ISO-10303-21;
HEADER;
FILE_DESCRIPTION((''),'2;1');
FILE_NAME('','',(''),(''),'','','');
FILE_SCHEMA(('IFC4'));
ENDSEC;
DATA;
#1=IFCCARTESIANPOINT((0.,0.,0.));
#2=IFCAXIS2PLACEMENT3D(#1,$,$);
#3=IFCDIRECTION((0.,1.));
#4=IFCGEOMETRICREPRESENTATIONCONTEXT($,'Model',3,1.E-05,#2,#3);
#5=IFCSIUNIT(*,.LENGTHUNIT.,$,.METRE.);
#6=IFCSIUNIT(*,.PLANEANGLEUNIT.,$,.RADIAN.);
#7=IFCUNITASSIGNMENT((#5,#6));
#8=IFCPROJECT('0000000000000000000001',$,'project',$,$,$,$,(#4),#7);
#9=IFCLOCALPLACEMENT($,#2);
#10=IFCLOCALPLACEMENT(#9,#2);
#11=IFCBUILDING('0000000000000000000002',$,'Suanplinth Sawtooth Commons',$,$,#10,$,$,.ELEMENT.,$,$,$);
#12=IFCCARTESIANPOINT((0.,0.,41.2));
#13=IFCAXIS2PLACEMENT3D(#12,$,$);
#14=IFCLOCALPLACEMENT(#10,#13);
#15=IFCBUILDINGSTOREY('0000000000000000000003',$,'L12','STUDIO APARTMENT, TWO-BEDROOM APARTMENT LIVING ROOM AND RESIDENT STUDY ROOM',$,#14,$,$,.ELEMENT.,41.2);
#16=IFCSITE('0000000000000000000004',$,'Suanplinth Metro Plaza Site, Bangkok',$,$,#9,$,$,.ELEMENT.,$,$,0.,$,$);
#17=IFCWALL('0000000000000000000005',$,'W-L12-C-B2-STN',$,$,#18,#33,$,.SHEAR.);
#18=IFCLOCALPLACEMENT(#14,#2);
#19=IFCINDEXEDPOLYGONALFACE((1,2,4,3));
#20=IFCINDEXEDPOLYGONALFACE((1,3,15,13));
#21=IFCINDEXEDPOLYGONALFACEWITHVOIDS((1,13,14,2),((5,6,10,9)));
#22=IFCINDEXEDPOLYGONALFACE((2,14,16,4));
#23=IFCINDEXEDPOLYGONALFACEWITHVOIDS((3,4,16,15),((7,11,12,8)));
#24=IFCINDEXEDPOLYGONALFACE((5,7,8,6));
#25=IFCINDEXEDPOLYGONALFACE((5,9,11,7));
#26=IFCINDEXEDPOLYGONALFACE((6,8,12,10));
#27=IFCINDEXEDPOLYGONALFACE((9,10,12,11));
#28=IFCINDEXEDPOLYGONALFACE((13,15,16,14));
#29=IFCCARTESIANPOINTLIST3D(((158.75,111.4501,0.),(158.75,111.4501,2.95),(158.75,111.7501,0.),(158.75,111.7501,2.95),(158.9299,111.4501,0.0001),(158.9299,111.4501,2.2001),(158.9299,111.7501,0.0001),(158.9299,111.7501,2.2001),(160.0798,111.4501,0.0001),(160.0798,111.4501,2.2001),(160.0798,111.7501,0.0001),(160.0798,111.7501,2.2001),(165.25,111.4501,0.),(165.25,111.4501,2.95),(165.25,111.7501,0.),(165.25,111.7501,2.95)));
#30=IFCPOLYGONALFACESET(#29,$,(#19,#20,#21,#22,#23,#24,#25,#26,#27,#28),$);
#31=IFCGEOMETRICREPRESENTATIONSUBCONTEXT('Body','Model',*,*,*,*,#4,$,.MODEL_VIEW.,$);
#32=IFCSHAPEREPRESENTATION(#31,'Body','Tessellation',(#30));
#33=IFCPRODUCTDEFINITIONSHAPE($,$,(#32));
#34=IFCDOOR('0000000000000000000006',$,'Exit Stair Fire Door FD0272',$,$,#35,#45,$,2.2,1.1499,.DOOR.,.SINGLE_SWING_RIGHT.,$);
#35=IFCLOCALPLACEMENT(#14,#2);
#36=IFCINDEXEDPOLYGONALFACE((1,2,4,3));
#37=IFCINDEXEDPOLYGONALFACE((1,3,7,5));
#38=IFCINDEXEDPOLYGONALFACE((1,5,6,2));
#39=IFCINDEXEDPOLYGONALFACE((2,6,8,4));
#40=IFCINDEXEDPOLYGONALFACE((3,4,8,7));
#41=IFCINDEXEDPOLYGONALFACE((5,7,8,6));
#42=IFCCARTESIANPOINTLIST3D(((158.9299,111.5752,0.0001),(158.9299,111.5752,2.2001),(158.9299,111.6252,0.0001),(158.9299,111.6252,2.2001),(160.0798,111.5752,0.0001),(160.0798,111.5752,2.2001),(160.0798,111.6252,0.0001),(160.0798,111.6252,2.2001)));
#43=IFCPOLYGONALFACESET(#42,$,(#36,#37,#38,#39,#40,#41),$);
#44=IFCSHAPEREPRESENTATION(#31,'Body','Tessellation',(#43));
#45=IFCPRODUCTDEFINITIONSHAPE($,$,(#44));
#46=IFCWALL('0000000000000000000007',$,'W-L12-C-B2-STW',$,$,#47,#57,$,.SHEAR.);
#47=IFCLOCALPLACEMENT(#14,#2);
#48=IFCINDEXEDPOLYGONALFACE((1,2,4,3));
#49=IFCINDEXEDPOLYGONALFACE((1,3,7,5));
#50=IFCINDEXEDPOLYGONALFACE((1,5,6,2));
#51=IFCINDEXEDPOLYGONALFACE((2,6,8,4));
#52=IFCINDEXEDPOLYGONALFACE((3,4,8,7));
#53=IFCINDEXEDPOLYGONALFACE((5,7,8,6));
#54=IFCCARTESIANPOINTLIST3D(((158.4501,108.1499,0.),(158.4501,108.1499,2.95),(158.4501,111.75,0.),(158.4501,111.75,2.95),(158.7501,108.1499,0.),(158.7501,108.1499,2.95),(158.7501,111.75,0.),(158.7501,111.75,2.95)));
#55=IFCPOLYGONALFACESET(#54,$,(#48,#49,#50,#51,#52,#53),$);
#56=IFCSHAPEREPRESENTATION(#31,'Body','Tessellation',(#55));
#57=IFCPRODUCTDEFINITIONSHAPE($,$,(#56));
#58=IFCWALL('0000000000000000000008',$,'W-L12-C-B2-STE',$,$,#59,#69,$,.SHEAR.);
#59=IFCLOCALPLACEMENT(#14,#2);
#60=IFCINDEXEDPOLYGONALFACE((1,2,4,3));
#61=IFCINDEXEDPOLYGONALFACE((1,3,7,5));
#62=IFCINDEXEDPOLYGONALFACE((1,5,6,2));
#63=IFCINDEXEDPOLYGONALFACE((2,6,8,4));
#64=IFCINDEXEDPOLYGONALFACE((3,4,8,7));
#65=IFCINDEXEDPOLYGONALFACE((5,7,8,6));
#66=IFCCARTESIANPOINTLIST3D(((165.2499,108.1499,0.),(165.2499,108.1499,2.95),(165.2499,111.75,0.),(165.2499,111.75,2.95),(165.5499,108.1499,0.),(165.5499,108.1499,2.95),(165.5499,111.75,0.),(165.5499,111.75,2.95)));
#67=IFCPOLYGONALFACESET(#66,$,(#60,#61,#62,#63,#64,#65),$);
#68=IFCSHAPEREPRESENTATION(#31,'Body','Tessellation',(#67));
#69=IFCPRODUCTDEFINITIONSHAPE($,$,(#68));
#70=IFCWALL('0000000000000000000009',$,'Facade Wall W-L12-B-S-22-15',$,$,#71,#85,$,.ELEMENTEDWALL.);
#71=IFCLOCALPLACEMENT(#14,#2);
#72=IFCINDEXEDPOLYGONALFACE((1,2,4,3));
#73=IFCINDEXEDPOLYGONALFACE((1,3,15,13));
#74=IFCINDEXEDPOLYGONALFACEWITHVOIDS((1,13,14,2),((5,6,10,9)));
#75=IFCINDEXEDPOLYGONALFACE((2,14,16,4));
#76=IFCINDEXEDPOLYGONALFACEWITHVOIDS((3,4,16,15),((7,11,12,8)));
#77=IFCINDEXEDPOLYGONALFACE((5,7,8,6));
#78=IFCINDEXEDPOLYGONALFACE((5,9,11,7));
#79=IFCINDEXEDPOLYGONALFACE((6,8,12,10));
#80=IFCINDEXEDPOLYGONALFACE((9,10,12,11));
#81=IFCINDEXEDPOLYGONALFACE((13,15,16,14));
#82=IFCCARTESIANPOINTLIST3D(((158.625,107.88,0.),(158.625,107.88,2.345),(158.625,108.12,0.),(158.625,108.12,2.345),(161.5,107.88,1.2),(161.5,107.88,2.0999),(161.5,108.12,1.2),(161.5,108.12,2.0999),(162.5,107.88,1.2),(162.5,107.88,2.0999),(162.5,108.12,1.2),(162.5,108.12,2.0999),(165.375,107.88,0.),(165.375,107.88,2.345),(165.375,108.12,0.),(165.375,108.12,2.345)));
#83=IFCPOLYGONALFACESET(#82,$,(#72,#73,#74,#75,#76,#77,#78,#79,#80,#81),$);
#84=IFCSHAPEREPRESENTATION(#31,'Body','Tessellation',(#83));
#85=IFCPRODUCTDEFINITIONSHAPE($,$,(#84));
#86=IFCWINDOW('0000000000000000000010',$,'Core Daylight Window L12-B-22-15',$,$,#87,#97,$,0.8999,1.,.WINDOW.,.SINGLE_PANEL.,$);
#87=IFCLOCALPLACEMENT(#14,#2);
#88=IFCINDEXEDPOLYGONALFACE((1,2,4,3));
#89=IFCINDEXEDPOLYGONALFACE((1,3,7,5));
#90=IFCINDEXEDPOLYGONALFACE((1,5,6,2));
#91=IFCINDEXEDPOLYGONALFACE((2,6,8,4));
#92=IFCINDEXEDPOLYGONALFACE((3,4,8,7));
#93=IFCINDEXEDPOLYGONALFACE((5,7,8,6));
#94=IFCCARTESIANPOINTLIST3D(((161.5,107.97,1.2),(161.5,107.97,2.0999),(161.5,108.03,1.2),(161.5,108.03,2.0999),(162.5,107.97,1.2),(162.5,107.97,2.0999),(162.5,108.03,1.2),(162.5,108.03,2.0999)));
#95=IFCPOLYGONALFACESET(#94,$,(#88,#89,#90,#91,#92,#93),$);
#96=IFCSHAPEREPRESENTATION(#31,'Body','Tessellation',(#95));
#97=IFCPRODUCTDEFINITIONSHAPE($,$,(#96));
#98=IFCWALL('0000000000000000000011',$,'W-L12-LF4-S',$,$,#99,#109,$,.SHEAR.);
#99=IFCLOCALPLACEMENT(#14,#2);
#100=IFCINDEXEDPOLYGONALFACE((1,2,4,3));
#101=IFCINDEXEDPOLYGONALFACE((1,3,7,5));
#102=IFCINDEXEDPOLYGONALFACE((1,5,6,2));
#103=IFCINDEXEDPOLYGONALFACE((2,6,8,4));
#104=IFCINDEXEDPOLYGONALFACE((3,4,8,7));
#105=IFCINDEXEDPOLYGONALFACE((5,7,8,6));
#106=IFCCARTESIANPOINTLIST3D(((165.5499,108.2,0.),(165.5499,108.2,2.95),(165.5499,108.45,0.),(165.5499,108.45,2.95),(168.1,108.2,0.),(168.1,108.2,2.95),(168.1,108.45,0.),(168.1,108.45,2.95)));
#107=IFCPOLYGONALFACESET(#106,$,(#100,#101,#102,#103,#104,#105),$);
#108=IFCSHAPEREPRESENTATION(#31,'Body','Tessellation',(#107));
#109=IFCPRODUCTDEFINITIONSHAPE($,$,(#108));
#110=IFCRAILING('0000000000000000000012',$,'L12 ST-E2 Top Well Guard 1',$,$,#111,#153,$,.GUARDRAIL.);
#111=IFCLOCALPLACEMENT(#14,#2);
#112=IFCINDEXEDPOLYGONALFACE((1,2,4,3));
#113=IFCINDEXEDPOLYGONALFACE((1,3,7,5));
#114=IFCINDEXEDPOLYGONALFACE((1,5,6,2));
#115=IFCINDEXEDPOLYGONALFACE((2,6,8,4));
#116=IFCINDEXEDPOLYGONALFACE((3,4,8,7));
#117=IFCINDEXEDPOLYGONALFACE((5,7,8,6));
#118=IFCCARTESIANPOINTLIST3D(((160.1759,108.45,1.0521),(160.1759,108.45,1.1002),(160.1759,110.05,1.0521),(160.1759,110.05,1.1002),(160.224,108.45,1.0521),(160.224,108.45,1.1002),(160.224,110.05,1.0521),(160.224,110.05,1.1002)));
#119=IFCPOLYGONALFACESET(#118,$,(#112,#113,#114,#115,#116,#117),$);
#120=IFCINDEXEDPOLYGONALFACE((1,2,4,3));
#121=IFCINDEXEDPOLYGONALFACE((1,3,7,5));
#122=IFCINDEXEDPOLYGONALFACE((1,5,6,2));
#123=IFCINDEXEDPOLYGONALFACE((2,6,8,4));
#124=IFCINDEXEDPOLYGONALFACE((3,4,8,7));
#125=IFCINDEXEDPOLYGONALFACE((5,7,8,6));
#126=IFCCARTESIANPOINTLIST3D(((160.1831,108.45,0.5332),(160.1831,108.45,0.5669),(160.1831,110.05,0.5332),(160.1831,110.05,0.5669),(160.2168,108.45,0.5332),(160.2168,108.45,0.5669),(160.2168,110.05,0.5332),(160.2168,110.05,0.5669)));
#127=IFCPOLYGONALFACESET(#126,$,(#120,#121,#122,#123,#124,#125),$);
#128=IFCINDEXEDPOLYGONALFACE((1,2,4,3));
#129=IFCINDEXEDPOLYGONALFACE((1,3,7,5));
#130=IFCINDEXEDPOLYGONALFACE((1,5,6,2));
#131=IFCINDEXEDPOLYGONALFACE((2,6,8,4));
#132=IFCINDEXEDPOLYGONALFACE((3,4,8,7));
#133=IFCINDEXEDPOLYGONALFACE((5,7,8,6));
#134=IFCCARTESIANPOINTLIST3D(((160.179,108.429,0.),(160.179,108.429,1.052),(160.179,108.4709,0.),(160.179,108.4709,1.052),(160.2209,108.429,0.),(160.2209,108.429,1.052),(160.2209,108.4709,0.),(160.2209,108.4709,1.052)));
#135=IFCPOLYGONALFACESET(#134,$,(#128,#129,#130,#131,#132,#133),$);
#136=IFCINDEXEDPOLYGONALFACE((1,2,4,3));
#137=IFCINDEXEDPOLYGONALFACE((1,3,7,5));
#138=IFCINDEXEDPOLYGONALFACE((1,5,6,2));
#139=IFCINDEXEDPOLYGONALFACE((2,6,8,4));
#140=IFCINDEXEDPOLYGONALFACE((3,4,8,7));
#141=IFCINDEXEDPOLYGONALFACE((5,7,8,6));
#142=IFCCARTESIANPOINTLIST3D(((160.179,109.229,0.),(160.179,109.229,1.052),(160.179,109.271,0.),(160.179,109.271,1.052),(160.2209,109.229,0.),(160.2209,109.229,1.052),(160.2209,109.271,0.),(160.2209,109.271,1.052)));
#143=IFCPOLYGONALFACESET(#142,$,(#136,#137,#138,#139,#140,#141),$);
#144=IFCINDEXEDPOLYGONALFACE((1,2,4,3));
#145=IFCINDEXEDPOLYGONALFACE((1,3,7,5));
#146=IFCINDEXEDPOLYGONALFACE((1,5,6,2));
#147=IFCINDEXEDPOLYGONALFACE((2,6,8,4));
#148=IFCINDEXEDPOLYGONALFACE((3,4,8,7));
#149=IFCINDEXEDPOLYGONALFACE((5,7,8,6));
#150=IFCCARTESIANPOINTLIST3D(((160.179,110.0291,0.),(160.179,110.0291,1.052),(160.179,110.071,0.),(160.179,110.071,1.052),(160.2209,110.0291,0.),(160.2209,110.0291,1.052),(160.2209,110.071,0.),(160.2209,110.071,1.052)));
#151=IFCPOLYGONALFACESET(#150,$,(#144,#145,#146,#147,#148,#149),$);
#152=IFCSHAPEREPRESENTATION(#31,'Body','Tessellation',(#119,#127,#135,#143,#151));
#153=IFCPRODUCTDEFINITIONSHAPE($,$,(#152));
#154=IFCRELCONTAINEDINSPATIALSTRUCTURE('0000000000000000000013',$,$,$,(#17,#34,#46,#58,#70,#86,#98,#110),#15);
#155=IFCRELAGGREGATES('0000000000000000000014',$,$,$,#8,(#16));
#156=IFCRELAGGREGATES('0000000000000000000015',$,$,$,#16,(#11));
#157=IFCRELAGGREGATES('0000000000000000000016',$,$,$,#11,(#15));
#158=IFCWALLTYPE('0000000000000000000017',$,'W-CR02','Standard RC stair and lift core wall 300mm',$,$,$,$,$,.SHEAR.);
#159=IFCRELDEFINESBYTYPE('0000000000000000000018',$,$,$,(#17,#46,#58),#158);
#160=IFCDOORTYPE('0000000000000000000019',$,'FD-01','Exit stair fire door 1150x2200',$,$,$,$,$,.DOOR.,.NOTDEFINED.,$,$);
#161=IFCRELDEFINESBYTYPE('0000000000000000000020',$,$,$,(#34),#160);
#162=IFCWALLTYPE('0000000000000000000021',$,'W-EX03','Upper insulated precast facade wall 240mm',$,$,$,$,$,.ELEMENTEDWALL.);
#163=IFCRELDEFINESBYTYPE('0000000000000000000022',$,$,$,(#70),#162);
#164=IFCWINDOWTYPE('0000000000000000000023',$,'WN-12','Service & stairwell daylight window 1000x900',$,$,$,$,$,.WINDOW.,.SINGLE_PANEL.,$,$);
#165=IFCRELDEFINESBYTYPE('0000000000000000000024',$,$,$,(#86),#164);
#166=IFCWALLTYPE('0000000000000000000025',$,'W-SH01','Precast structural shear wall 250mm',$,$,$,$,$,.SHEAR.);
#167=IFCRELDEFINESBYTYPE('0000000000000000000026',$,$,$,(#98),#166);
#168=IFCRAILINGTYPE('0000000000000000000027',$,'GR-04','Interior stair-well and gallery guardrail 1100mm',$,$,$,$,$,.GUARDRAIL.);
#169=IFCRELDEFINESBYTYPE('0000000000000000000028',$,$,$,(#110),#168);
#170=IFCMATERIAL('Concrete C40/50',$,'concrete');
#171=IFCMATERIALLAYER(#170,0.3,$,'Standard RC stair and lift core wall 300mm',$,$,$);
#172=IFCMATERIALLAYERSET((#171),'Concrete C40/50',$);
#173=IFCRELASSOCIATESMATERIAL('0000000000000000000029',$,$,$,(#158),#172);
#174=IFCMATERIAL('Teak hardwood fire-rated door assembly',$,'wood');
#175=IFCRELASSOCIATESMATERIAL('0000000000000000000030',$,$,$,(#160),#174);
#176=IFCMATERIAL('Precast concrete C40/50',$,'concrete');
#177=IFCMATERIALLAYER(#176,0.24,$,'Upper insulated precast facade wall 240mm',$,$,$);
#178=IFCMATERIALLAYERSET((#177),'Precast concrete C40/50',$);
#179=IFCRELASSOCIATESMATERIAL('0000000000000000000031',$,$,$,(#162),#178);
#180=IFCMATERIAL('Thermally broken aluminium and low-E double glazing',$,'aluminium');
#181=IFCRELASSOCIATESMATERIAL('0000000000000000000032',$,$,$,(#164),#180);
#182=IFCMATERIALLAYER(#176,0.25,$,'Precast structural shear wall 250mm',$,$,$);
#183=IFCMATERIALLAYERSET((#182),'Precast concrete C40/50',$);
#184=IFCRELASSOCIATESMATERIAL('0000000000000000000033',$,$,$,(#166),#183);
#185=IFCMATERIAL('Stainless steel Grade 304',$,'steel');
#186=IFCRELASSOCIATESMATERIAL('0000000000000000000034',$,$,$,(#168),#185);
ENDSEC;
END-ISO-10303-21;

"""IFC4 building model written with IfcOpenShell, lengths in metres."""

from ifc_helpers import new_model, si_unit, direction, frame, frame_2d, origin, origin_2d, place, context, subcontext, project, spatial, rectangle, extrude, material, layer, layer_set, type_object, element, fill, save


model = new_model("IFC4")

# Units and contexts
model_context = context("Model", 3, precision=1e-05, world=origin(), true_north=direction((0.0, 1.0)))
body_context = subcontext(model_context, "Body", "Model", "MODEL_VIEW")
ifc_project = project(units=[si_unit("LENGTHUNIT", "METRE"), si_unit("PLANEANGLEUNIT", "RADIAN")], contexts=[model_context])

# Site, building, storey
site_placement = place(None, origin())
site = spatial("IfcSite", under=ifc_project, at=site_placement, Name="Suanplinth Metro Plaza Site, Bangkok", CompositionType="ELEMENT", RefElevation=0.0)
building_placement = place(site_placement, origin())
building = spatial("IfcBuilding", under=site, at=building_placement, Name="Suanplinth Sawtooth Commons", CompositionType="ELEMENT")
storey_placement = place(building_placement, frame((0.0, 0.0, 41.2)))
storey = spatial("IfcBuildingStorey", under=building, at=storey_placement, Name="L12", Description="STUDIO APARTMENT, TWO-BEDROOM APARTMENT LIVING ROOM AND RESIDENT STUDY ROOM", CompositionType="ELEMENT", Elevation=41.2)

# Shared definitions
ifc_material_1 = material(Name="Precast concrete C40/50", Category="concrete")

# Shared definitions
ifc_material_2 = material(Name="Concrete C40/50", Category="concrete")
ifc_layer_1 = layer(ifc_material_2, 0.3, Name="Standard RC stair and lift core wall 300mm")
ifc_layer_set_1 = layer_set([ifc_layer_1], Name="Concrete C40/50")
wall_type_1 = type_object("IfcWallType", Name="W-CR02", Description="Standard RC stair and lift core wall 300mm", PredefinedType="SHEAR", material=ifc_layer_set_1)

# Wall, opening, door
wall_1_placement = place(storey_placement, frame((158.75, 111.6001, 0.0), z_axis=(0.0, 0.0, 1.0), x_axis=(1.0, 0.0, 0.0)))
wall_1 = element("IfcWall", 1, at=wall_1_placement, inside=storey, type_object=wall_type_1, Name="W-L12-C-B2-STN", PredefinedType="SHEAR", context=body_context, shape_type="SweptSolid", body=[
    extrude(rectangle(XDim=6.5, YDim=0.3, at=frame_2d((3.25, 0.0))), origin(), (0.0, 0.0, 1.0), 2.95),
])
opening_1_placement = place(wall_1_placement, frame((0.1799, 0.0, 0.0)))
opening_1 = element("IfcOpeningElement", 2, at=opening_1_placement, cuts=wall_1, PredefinedType="OPENING", context=body_context, shape_type="SweptSolid", body=[
    extrude(rectangle(XDim=1.1499, YDim=2.2, at=frame_2d((0.575, 1.1001))), frame((0.0, 0.165, 0.0), z_axis=(0.0, -1.0, 0.0), x_axis=(1.0, 0.0, 0.0)), (0.0, 0.0, 1.0), 0.3298),
])
ifc_material_3 = material(Name="Teak hardwood fire-rated door assembly", Category="wood")
door_type_1 = type_object("IfcDoorType", Name="FD-01", Description="Exit stair fire door 1150x2200", OperationType="NOTDEFINED", PredefinedType="DOOR", material=ifc_material_3)
door_1_placement = place(opening_1_placement, frame((1.1499, 0.0, 0.0), z_axis=(0.0, 0.0, 1.0), x_axis=(-1.0, 0.0, 0.0)))
door_1 = element("IfcDoor", 3, at=door_1_placement, inside=storey, type_object=door_type_1, Name="Exit Stair Fire Door FD0272", OperationType="SINGLE_SWING_RIGHT", OverallHeight=2.2, OverallWidth=1.1499, PredefinedType="DOOR", context=body_context, shape_type="SweptSolid", body=[
    extrude(rectangle(XDim=1.1499, YDim=2.2, at=frame_2d((0.575, 1.1001))), frame((0.0, 0.0249, 0.0), z_axis=(0.0, -1.0, 0.0), x_axis=(1.0, 0.0, 0.0)), (0.0, 0.0, 1.0), 0.05),
])
fill(opening_1, door_1)

# Walls
for number, where, z_axis, x_axis, name in (
    (4, (158.6001, 108.1499, 0.0), (0.0, 0.0, 1.0), (0.0, 1.0, 0.0), "W-L12-C-B2-STW"),
    (5, (165.3999, 108.1499, 0.0), (0.0, 0.0, 1.0), (0.0, 1.0, 0.0), "W-L12-C-B2-STE"),
):
    element("IfcWall", number, at=place(storey_placement, frame(where, z_axis=z_axis, x_axis=x_axis)), inside=storey, type_object=wall_type_1, Name=name, PredefinedType="SHEAR", context=body_context, shape_type="SweptSolid", body=[
        extrude(rectangle(XDim=3.6001, YDim=0.3, at=frame_2d((1.8, 0.0))), origin(), (0.0, 0.0, 1.0), 2.95),
    ])

# Shared definitions
ifc_layer_2 = layer(ifc_material_1, 0.24, Name="Upper insulated precast facade wall 240mm")
ifc_layer_set_2 = layer_set([ifc_layer_2], Name="Precast concrete C40/50")
wall_type_2 = type_object("IfcWallType", Name="W-EX03", Description="Upper insulated precast facade wall 240mm", PredefinedType="ELEMENTEDWALL", material=ifc_layer_set_2)
ifc_material_4 = material(Name="Thermally broken aluminium and low-E double glazing", Category="aluminium")

# Wall, opening, window
wall_2_placement = place(storey_placement, frame((158.625, 108.0, 0.0), z_axis=(0.0, 0.0, 1.0), x_axis=(1.0, 0.0, 0.0)))
wall_2 = element("IfcWall", 6, at=wall_2_placement, inside=storey, type_object=wall_type_2, Name="Facade Wall W-L12-B-S-22-15", PredefinedType="ELEMENTEDWALL", context=body_context, shape_type="SweptSolid", body=[
    extrude(rectangle(XDim=6.75, YDim=0.24, at=frame_2d((3.375, 0.0))), origin(), (0.0, 0.0, 1.0), 2.345),
])
opening_2_placement = place(wall_2_placement, frame((2.875, 0.0, 1.2)))
opening_2 = element("IfcOpeningElement", 7, at=opening_2_placement, cuts=wall_2, PredefinedType="OPENING", context=body_context, shape_type="SweptSolid", body=[
    extrude(rectangle(XDim=1.0, YDim=0.8999, at=frame_2d((0.5, 0.45))), frame((0.0, 0.1348, 0.0), z_axis=(0.0, -1.0, 0.0), x_axis=(1.0, 0.0, 0.0)), (0.0, 0.0, 1.0), 0.2698),
])
window_type_1 = type_object("IfcWindowType", Name="WN-12", Description="Service & stairwell daylight window 1000x900", PartitioningType="SINGLE_PANEL", PredefinedType="WINDOW", material=ifc_material_4)
window_1_placement = place(opening_2_placement, origin())
window_1 = element("IfcWindow", 8, at=window_1_placement, inside=storey, type_object=window_type_1, Name="Core Daylight Window L12-B-22-15", OverallHeight=0.8999, OverallWidth=1.0, PartitioningType="SINGLE_PANEL", PredefinedType="WINDOW", context=body_context, shape_type="SweptSolid", body=[
    extrude(rectangle(XDim=1.0, YDim=0.8999, at=frame_2d((0.5, 0.45))), frame((0.0, 0.03, 0.0), z_axis=(0.0, -1.0, 0.0), x_axis=(1.0, 0.0, 0.0)), (0.0, 0.0, 1.0), 0.0601),
])
fill(opening_2, window_1)

# Wall
ifc_layer_3 = layer(ifc_material_1, 0.25, Name="Precast structural shear wall 250mm")
ifc_layer_set_3 = layer_set([ifc_layer_3], Name="Precast concrete C40/50")
wall_type_3 = type_object("IfcWallType", Name="W-SH01", Description="Precast structural shear wall 250mm", PredefinedType="SHEAR", material=ifc_layer_set_3)
wall_3_placement = place(storey_placement, frame((165.55, 108.325, 0.0), z_axis=(0.0, 0.0, 1.0), x_axis=(1.0, 0.0, 0.0)))
element("IfcWall", 9, at=wall_3_placement, inside=storey, type_object=wall_type_3, Name="W-L12-LF4-S", PredefinedType="SHEAR", context=body_context, shape_type="SweptSolid", body=[
    extrude(rectangle(XDim=2.55, YDim=0.25, at=frame_2d((1.2749, 0.0))), origin(), (0.0, 0.0, 1.0), 2.95),
])

# Shared definitions
ifc_material_5 = material(Name="Stainless steel Grade 304", Category="steel")

# Railing
railing_type = type_object("IfcRailingType", Name="GR-04", Description="Interior stair-well and gallery guardrail 1100mm", PredefinedType="GUARDRAIL", material=ifc_material_5)
railing_placement = place(storey_placement, frame((160.2, 108.45, 0.0)))
element("IfcRailing", 10, at=railing_placement, inside=storey, type_object=railing_type, Name="L12 ST-E2 Top Well Guard 1", PredefinedType="GUARDRAIL", context=body_context, shape_type="SweptSolid", body=[
    extrude(rectangle(XDim=0.0481, YDim=0.0481, at=origin_2d()), frame((0.0, 0.0, 1.0762), z_axis=(0.0, 1.0, 0.0), x_axis=(-1.0, 0.0, 0.0)), (0.0, 0.0, 1.0), 1.6001),
    extrude(rectangle(XDim=0.0337, YDim=0.0337, at=origin_2d()), frame((0.0, 0.0, 0.55), z_axis=(0.0, 1.0, 0.0), x_axis=(-1.0, 0.0, 0.0)), (0.0, 0.0, 1.0), 1.6001),
    extrude(rectangle(XDim=0.042, YDim=0.042, at=origin_2d()), origin(), (0.0, 0.0, 1.0), 1.052),
    extrude(rectangle(XDim=0.042, YDim=0.042, at=origin_2d()), frame((0.0, 0.8, 0.0)), (0.0, 0.0, 1.0), 1.052),
    extrude(rectangle(XDim=0.042, YDim=0.042, at=origin_2d()), frame((0.0, 1.6001, 0.0)), (0.0, 0.0, 1.0), 1.052),
])

save(model, "model.ifc")
